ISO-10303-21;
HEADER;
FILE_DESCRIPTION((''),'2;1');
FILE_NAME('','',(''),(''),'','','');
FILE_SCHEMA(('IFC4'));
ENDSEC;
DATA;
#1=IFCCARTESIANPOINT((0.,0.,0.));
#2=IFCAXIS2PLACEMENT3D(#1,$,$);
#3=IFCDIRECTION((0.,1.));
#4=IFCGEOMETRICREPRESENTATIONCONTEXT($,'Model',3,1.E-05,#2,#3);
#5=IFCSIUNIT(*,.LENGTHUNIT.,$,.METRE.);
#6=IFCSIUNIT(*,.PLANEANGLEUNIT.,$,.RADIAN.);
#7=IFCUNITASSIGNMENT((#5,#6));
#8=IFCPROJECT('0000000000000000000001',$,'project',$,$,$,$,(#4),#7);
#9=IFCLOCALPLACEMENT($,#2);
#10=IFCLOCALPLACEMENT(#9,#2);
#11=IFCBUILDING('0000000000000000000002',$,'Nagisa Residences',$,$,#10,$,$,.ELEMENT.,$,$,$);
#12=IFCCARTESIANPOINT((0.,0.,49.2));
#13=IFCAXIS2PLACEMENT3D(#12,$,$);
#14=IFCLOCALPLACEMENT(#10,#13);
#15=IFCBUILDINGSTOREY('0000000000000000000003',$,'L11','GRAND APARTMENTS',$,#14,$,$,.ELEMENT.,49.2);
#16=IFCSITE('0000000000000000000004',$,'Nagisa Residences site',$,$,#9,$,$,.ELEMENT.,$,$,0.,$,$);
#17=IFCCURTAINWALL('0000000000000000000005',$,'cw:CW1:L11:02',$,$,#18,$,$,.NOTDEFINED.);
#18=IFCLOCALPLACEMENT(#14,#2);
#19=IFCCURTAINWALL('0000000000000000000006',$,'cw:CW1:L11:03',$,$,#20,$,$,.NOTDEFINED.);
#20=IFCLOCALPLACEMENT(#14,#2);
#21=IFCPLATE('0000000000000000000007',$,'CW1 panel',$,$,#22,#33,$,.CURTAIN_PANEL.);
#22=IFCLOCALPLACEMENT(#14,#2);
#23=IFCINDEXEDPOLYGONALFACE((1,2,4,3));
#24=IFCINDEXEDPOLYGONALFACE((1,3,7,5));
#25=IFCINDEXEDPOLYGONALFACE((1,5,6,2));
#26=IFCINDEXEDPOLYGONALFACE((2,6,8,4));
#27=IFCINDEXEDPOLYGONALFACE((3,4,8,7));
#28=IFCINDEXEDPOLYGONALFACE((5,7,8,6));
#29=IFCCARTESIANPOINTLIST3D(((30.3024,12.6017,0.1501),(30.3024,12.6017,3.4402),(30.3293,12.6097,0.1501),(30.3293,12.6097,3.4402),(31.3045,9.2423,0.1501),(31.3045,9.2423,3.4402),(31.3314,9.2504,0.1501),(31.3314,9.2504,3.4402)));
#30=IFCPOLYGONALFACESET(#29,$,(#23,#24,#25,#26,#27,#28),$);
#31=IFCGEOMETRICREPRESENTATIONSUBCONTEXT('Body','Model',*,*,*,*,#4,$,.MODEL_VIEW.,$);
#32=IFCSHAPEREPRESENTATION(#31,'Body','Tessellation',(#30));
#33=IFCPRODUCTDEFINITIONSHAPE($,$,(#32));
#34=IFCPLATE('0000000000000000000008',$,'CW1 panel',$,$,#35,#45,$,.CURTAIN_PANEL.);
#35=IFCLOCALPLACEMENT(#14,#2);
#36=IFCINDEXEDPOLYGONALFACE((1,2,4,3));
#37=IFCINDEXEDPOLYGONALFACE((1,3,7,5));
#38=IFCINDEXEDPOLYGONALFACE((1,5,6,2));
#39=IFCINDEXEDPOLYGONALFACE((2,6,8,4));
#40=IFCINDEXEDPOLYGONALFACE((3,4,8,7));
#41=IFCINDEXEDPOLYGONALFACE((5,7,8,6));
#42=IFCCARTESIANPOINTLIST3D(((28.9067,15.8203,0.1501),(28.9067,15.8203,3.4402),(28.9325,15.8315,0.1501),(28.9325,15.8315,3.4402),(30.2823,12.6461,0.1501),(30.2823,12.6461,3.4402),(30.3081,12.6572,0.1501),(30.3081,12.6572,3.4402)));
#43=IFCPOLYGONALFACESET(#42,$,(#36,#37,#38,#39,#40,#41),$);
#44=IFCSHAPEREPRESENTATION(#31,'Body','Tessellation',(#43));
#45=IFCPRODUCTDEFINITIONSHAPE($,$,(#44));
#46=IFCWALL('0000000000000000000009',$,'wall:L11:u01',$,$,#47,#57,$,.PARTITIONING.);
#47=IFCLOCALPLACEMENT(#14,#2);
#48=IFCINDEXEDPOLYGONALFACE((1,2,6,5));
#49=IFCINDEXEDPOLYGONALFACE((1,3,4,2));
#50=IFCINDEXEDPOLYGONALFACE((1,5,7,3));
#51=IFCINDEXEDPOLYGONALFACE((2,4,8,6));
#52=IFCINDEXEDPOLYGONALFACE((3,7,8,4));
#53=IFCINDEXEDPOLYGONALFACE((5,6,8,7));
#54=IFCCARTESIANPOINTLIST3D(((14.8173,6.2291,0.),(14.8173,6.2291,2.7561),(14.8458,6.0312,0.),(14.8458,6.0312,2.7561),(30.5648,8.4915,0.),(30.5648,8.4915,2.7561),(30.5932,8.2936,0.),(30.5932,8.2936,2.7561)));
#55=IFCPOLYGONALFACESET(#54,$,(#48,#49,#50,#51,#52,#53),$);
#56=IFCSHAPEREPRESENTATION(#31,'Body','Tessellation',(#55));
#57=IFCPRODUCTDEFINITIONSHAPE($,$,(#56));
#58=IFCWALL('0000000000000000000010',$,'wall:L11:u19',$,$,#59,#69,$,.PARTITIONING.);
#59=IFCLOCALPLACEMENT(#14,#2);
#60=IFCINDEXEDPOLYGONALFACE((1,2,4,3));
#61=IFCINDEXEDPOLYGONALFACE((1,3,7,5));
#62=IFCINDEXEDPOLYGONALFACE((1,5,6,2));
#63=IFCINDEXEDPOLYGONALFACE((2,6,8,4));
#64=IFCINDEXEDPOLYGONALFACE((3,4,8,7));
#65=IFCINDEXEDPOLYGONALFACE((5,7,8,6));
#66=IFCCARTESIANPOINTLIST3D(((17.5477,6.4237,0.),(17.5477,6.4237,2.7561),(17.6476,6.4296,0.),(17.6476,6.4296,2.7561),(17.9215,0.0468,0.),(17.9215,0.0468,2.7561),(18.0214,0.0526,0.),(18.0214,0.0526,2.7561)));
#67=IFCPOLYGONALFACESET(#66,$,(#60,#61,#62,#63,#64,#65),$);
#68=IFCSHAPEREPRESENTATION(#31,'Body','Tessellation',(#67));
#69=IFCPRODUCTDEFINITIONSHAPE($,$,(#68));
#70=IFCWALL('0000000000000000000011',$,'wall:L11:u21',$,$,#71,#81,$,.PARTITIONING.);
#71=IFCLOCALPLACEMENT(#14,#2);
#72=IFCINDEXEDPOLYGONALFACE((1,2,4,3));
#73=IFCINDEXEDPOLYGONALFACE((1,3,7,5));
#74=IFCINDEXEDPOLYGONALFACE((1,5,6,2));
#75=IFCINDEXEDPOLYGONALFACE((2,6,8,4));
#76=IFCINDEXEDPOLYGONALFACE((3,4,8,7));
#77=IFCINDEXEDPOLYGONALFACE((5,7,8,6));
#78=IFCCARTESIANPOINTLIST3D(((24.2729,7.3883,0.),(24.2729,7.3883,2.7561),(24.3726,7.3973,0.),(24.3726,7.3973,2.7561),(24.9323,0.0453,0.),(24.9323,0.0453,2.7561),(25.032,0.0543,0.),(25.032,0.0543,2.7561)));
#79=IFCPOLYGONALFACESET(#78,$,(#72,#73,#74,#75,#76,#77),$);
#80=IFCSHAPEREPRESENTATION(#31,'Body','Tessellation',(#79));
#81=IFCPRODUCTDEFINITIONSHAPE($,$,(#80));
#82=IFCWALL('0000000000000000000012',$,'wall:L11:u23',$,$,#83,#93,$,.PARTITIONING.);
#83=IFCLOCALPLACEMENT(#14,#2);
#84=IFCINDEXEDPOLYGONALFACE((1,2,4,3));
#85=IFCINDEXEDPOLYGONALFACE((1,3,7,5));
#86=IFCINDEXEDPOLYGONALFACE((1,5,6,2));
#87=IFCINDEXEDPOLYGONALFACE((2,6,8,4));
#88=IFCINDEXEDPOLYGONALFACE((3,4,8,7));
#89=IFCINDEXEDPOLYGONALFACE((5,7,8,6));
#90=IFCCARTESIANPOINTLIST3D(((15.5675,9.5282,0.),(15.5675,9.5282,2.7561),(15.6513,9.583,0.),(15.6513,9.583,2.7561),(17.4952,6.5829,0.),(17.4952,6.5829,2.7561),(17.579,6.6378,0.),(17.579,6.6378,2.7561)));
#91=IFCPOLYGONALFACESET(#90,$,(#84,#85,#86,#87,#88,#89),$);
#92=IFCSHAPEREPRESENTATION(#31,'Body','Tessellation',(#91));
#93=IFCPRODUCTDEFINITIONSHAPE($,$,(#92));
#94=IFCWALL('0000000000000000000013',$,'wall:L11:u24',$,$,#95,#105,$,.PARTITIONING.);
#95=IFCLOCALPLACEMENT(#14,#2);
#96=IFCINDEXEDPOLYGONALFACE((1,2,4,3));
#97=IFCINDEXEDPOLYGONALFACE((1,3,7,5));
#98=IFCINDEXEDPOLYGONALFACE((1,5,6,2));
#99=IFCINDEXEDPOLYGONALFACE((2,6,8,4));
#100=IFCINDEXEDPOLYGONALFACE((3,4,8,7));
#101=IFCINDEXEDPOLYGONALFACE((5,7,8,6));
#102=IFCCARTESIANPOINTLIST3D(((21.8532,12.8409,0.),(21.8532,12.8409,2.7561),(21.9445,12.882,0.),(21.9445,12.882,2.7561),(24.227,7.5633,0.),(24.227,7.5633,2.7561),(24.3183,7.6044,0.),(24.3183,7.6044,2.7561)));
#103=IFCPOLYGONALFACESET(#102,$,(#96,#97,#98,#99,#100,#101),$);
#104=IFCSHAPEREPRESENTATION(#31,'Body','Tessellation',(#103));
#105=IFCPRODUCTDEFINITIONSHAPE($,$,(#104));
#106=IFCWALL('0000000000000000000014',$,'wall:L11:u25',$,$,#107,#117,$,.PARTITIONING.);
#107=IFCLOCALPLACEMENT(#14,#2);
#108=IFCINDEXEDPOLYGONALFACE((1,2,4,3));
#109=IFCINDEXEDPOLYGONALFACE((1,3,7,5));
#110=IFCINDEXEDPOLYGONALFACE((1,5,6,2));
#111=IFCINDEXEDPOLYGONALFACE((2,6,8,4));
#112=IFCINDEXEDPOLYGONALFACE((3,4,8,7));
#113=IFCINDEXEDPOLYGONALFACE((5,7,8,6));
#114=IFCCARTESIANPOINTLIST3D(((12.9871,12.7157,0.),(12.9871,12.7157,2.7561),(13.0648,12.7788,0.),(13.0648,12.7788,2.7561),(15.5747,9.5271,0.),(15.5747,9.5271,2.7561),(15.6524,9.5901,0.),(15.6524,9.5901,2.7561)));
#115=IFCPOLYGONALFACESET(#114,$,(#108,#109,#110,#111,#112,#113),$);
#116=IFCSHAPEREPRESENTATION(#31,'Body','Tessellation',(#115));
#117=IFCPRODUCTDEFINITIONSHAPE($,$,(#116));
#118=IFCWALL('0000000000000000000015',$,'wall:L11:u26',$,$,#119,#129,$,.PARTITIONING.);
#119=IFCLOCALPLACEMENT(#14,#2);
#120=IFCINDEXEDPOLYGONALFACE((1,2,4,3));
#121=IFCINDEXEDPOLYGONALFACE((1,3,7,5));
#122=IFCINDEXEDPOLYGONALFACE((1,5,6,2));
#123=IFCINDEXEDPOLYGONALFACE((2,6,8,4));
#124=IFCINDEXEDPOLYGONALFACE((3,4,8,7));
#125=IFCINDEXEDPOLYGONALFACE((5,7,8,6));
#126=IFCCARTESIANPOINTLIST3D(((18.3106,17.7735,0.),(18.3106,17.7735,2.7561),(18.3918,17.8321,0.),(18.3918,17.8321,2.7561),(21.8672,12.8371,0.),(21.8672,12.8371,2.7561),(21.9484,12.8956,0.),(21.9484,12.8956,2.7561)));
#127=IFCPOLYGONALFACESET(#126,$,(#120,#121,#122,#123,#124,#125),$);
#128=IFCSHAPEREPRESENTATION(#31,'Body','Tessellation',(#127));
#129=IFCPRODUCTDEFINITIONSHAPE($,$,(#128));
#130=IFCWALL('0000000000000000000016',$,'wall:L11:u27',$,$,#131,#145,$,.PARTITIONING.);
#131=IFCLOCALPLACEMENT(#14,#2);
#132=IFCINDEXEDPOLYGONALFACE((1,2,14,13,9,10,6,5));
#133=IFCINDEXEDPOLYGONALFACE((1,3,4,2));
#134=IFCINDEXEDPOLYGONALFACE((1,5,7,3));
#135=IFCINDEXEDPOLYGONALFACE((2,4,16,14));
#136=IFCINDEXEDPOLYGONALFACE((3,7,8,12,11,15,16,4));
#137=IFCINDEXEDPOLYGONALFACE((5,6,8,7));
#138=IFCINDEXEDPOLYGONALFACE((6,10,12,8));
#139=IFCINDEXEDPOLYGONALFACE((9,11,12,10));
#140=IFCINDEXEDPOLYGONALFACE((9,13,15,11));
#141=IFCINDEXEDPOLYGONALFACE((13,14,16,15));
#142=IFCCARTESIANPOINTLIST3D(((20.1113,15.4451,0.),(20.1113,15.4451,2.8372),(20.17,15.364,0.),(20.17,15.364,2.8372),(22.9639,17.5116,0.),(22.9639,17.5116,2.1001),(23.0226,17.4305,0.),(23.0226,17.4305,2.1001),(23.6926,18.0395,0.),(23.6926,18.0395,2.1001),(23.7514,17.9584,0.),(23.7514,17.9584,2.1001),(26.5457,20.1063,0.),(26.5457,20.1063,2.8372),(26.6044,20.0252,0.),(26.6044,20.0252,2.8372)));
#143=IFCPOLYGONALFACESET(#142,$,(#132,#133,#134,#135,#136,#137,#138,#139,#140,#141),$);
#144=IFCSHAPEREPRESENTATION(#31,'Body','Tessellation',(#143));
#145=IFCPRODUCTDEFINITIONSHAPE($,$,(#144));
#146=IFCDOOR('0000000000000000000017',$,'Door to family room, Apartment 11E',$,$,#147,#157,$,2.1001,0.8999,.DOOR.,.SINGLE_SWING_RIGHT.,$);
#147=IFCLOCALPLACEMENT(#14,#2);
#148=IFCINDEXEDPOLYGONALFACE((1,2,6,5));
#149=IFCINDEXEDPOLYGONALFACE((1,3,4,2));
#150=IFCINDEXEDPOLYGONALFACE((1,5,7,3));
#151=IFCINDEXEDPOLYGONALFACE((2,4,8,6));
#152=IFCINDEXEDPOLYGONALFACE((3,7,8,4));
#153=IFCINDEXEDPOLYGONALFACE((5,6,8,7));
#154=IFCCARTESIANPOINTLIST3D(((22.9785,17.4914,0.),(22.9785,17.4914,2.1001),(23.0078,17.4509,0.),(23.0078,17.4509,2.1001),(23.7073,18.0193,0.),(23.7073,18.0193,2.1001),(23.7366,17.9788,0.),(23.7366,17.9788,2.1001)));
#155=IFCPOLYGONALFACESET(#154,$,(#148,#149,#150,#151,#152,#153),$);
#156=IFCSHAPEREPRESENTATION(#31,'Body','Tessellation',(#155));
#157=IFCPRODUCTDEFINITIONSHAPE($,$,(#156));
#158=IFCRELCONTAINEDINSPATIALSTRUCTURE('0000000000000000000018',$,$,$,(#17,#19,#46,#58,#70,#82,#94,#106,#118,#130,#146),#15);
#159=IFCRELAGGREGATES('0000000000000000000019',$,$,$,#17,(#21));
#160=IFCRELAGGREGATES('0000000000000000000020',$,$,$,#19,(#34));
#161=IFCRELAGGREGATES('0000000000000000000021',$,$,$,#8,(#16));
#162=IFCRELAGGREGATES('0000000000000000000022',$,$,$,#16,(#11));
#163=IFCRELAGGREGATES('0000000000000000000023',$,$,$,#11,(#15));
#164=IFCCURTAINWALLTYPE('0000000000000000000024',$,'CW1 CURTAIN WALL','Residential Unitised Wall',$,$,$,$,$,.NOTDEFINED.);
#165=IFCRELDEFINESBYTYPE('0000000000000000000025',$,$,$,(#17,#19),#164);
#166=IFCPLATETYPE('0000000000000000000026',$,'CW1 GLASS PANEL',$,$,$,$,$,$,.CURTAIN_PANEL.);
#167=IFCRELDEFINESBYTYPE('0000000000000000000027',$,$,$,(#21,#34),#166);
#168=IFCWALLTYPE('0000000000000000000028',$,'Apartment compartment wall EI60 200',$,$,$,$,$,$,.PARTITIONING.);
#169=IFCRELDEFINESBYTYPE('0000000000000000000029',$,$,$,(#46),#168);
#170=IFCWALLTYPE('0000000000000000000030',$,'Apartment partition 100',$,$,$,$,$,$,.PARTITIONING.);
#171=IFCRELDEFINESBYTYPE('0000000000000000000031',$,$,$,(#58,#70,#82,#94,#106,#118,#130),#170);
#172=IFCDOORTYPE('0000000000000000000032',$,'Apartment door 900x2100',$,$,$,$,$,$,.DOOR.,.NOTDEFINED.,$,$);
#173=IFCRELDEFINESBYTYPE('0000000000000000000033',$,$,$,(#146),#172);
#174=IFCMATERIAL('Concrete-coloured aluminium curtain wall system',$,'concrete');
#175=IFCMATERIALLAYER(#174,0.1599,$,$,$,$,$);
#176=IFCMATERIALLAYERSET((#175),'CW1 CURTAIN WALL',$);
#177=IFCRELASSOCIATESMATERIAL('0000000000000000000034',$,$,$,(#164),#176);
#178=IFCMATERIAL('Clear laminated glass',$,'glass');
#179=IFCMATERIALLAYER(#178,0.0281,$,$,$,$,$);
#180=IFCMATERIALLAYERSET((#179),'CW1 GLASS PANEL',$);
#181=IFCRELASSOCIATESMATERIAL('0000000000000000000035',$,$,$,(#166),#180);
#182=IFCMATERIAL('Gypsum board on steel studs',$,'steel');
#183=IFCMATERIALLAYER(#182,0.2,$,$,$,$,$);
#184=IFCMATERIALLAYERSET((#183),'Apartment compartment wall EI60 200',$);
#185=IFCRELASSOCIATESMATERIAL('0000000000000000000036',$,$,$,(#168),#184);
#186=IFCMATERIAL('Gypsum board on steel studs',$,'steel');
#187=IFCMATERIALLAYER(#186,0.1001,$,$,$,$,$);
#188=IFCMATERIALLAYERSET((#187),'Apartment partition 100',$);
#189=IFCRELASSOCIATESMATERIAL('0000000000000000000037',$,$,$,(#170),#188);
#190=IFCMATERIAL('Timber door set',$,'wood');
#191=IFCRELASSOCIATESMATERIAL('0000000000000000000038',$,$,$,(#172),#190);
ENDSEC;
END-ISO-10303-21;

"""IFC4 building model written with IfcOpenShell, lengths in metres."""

from ifc_helpers import new_model, si_unit, direction, frame, frame_2d, origin, origin_2d, place, context, subcontext, project, spatial, rectangle, extrude, material, layer, layer_set, type_object, element, fill, aggregate, save


model = new_model("IFC4")

# Units and contexts
model_context = context("Model", 3, precision=1e-05, world=origin(), true_north=direction((0.0, 1.0)))
body_context = subcontext(model_context, "Body", "Model", "MODEL_VIEW")
ifc_project = project(units=[si_unit("LENGTHUNIT", "METRE"), si_unit("PLANEANGLEUNIT", "RADIAN")], contexts=[model_context])

# Site, building, storey
site_placement = place(None, origin())
site = spatial("IfcSite", under=ifc_project, at=site_placement, Name="Nagisa Residences site", CompositionType="ELEMENT", RefElevation=0.0)
building_placement = place(site_placement, origin())
building = spatial("IfcBuilding", under=site, at=building_placement, Name="Nagisa Residences", CompositionType="ELEMENT")
storey_placement = place(building_placement, frame((0.0, 0.0, 49.2)))
storey = spatial("IfcBuildingStorey", under=building, at=storey_placement, Name="L11", Description="GRAND APARTMENTS", CompositionType="ELEMENT", Elevation=49.2)

# Curtain walls
ifc_material_1 = material(Name="Concrete-coloured aluminium curtain wall system", Category="concrete")
ifc_layer_1 = layer(ifc_material_1, 0.1599)
ifc_layer_set_1 = layer_set([ifc_layer_1], Name="CW1 CURTAIN WALL")
curtain_wall_type = type_object("IfcCurtainWallType", Name="CW1 CURTAIN WALL", Description="Residential Unitised Wall", PredefinedType="NOTDEFINED", material=ifc_layer_set_1)
curtain_wall_1_placement = place(storey_placement, origin())
curtain_wall_1 = element("IfcCurtainWall", 1, at=curtain_wall_1_placement, inside=storey, type_object=curtain_wall_type, Name="cw:CW1:L11:02", PredefinedType="NOTDEFINED")
curtain_wall_2_placement = place(storey_placement, origin())
curtain_wall_2 = element("IfcCurtainWall", 2, at=curtain_wall_2_placement, inside=storey, type_object=curtain_wall_type, Name="cw:CW1:L11:03", PredefinedType="NOTDEFINED")

# Plates
ifc_material_2 = material(Name="Clear laminated glass", Category="glass")
ifc_layer_2 = layer(ifc_material_2, 0.0281)
ifc_layer_set_2 = layer_set([ifc_layer_2], Name="CW1 GLASS PANEL")
plate_type = type_object("IfcPlateType", Name="CW1 GLASS PANEL", PredefinedType="CURTAIN_PANEL", material=ifc_layer_set_2)
plate_1_placement = place(storey_placement, frame((30.8169, 10.926, 0.1501), z_axis=(0.0, 0.0, 1.0), x_axis=(-0.28586, 0.958271, 0.0)))
plate_1 = element("IfcPlate", 3, at=plate_1_placement, type_object=plate_type, Name="CW1 panel", PredefinedType="CURTAIN_PANEL", context=body_context, shape_type="SweptSolid", body=[
    extrude(rectangle(XDim=3.5056, YDim=0.0281, at=origin_2d()), origin(), (0.0, 0.0, 1.0), 3.29),
])
aggregate(curtain_wall_1, [plate_1])
plate_2_placement = place(storey_placement, frame((29.6074, 14.2388, 0.1501), z_axis=(0.0, 0.0, 1.0), x_axis=(-0.397636, 0.917543, 0.0)))
plate_2 = element("IfcPlate", 4, at=plate_2_placement, type_object=plate_type, Name="CW1 panel", PredefinedType="CURTAIN_PANEL", context=body_context, shape_type="SweptSolid", body=[
    extrude(rectangle(XDim=3.4595, YDim=0.0281, at=origin_2d()), origin(), (0.0, 0.0, 1.0), 3.29),
])
aggregate(curtain_wall_2, [plate_2])

# Walls
ifc_material_3 = material(Name="Gypsum board on steel studs", Category="steel")
ifc_layer_3 = layer(ifc_material_3, 0.2)
ifc_layer_set_3 = layer_set([ifc_layer_3], Name="Apartment compartment wall EI60 200")
wall_type_1 = type_object("IfcWallType", Name="Apartment compartment wall EI60 200", PredefinedType="PARTITIONING", material=ifc_layer_set_3)
wall_1_placement = place(storey_placement, frame((14.8315, 6.1301, 0.0), z_axis=(0.0, 0.0, 1.0), x_axis=(0.989837, 0.14221, 0.0)))
element("IfcWall", 5, at=wall_1_placement, inside=storey, type_object=wall_type_1, Name="wall:L11:u01", PredefinedType="PARTITIONING", context=body_context, shape_type="SweptSolid", body=[
    extrude(rectangle(XDim=15.9092, YDim=0.2, at=frame_2d((7.9546, 0.0))), origin(), (0.0, 0.0, 1.0), 2.7561),
])
ifc_material_4 = material(Name="Gypsum board on steel studs", Category="steel")
ifc_layer_4 = layer(ifc_material_4, 0.1001)
ifc_layer_set_4 = layer_set([ifc_layer_4], Name="Apartment partition 100")
wall_type_2 = type_object("IfcWallType", Name="Apartment partition 100", PredefinedType="PARTITIONING", material=ifc_layer_set_4)
wall_2_placement = place(storey_placement, frame((17.9714, 0.0498, 0.0), z_axis=(0.0, 0.0, 1.0), x_axis=(-0.058514, 0.998287, 0.0)))
element("IfcWall", 6, at=wall_2_placement, inside=storey, type_object=wall_type_2, Name="wall:L11:u19", PredefinedType="PARTITIONING", context=body_context, shape_type="SweptSolid", body=[
    extrude(rectangle(XDim=6.3879, YDim=0.1001, at=frame_2d((3.1938, 0.0))), origin(), (0.0, 0.0, 1.0), 2.7561),
])
wall_3_placement = place(storey_placement, frame((24.9822, 0.0498, 0.0), z_axis=(0.0, 0.0, 1.0), x_axis=(-0.089443, 0.995992, 0.0)))
element("IfcWall", 7, at=wall_3_placement, inside=storey, type_object=wall_type_2, Name="wall:L11:u21", PredefinedType="PARTITIONING", context=body_context, shape_type="SweptSolid", body=[
    extrude(rectangle(XDim=7.3726, YDim=0.1001, at=frame_2d((3.6863, 0.0))), origin(), (0.0, 0.0, 1.0), 2.7561),
])
wall_4_placement = place(storey_placement, frame((17.5371, 6.6104, 0.0), z_axis=(0.0, 0.0, 1.0), x_axis=(-0.547638, 0.836715, 0.0)))
element("IfcWall", 8, at=wall_4_placement, inside=storey, type_object=wall_type_2, Name="wall:L11:u23", PredefinedType="PARTITIONING", context=body_context, shape_type="SweptSolid", body=[
    extrude(rectangle(XDim=3.52, YDim=0.1001, at=frame_2d((1.76, 0.0))), origin(), (0.0, 0.0, 1.0), 2.7561),
])
wall_5_placement = place(storey_placement, frame((24.2727, 7.5837, 0.0), z_axis=(0.0, 0.0, 1.0), x_axis=(-0.410202, 0.911995, 0.0)))
element("IfcWall", 9, at=wall_5_placement, inside=storey, type_object=wall_type_2, Name="wall:L11:u24", PredefinedType="PARTITIONING", context=body_context, shape_type="SweptSolid", body=[
    extrude(rectangle(XDim=5.7869, YDim=0.1001, at=frame_2d((2.8936, 0.0))), origin(), (0.0, 0.0, 1.0), 2.7561),
])
wall_6_placement = place(storey_placement, frame((15.6135, 9.5586, 0.0), z_axis=(0.0, 0.0, 1.0), x_axis=(-0.630125, 0.776494, 0.0)))
element("IfcWall", 10, at=wall_6_placement, inside=storey, type_object=wall_type_2, Name="wall:L11:u25", PredefinedType="PARTITIONING", context=body_context, shape_type="SweptSolid", body=[
    extrude(rectangle(XDim=4.1064, YDim=0.1001, at=frame_2d((2.0532, 0.0))), origin(), (0.0, 0.0, 1.0), 2.7561),
])
wall_7_placement = place(storey_placement, frame((21.9077, 12.8665, 0.0), z_axis=(0.0, 0.0, 1.0), x_axis=(-0.584558, 0.811352, 0.0)))
element("IfcWall", 11, at=wall_7_placement, inside=storey, type_object=wall_type_2, Name="wall:L11:u26", PredefinedType="PARTITIONING", context=body_context, shape_type="SweptSolid", body=[
    extrude(rectangle(XDim=6.0842, YDim=0.1001, at=frame_2d((3.042, 0.0))), origin(), (0.0, 0.0, 1.0), 2.7561),
])

# Wall, opening, door
wall_8_placement = place(storey_placement, frame((20.1406, 15.4045, 0.0), z_axis=(0.0, 0.0, 1.0), x_axis=(0.809835, 0.586658, 0.0)))
wall_8 = element("IfcWall", 12, at=wall_8_placement, inside=storey, type_object=wall_type_2, Name="wall:L11:u27", PredefinedType="PARTITIONING", context=body_context, shape_type="SweptSolid", body=[
    extrude(rectangle(XDim=7.9453, YDim=0.1001, at=frame_2d((3.9727, 0.0))), origin(), (0.0, 0.0, 1.0), 2.8372),
])
opening_1_placement = place(wall_8_placement, frame((3.5225, 0.0, 0.0)))
opening_1 = element("IfcOpeningElement", 13, at=opening_1_placement, cuts=wall_8, PredefinedType="OPENING", context=body_context, shape_type="SweptSolid", body=[
    extrude(rectangle(XDim=0.8999, YDim=2.1001, at=frame_2d((0.45, 1.05))), frame((0.0, 0.0601, 0.0), z_axis=(0.0, -1.0, 0.0), x_axis=(1.0, 0.0, 0.0)), (0.0, 0.0, 1.0), 0.1201),
])
ifc_material_5 = material(Name="Timber door set", Category="wood")
door_type_1 = type_object("IfcDoorType", Name="Apartment door 900x2100", OperationType="NOTDEFINED", PredefinedType="DOOR", material=ifc_material_5)
door_1_placement = place(opening_1_placement, frame((0.8999, 0.0, 0.0), x_axis=(-1.0, 0.0, 0.0)))
door_1 = element("IfcDoor", 14, at=door_1_placement, inside=storey, type_object=door_type_1, Name="Door to family room, Apartment 11E", OperationType="SINGLE_SWING_RIGHT", OverallHeight=2.1001, OverallWidth=0.8999, PredefinedType="DOOR", context=body_context, shape_type="SweptSolid", body=[
    extrude(rectangle(XDim=0.8999, YDim=2.1001, at=frame_2d((0.45, 1.05))), frame((0.0, 0.0249, 0.0), z_axis=(0.0, -1.0, 0.0), x_axis=(1.0, 0.0, 0.0)), (0.0, 0.0, 1.0), 0.05),
])
fill(opening_1, door_1)

save(model, "model.ifc")
